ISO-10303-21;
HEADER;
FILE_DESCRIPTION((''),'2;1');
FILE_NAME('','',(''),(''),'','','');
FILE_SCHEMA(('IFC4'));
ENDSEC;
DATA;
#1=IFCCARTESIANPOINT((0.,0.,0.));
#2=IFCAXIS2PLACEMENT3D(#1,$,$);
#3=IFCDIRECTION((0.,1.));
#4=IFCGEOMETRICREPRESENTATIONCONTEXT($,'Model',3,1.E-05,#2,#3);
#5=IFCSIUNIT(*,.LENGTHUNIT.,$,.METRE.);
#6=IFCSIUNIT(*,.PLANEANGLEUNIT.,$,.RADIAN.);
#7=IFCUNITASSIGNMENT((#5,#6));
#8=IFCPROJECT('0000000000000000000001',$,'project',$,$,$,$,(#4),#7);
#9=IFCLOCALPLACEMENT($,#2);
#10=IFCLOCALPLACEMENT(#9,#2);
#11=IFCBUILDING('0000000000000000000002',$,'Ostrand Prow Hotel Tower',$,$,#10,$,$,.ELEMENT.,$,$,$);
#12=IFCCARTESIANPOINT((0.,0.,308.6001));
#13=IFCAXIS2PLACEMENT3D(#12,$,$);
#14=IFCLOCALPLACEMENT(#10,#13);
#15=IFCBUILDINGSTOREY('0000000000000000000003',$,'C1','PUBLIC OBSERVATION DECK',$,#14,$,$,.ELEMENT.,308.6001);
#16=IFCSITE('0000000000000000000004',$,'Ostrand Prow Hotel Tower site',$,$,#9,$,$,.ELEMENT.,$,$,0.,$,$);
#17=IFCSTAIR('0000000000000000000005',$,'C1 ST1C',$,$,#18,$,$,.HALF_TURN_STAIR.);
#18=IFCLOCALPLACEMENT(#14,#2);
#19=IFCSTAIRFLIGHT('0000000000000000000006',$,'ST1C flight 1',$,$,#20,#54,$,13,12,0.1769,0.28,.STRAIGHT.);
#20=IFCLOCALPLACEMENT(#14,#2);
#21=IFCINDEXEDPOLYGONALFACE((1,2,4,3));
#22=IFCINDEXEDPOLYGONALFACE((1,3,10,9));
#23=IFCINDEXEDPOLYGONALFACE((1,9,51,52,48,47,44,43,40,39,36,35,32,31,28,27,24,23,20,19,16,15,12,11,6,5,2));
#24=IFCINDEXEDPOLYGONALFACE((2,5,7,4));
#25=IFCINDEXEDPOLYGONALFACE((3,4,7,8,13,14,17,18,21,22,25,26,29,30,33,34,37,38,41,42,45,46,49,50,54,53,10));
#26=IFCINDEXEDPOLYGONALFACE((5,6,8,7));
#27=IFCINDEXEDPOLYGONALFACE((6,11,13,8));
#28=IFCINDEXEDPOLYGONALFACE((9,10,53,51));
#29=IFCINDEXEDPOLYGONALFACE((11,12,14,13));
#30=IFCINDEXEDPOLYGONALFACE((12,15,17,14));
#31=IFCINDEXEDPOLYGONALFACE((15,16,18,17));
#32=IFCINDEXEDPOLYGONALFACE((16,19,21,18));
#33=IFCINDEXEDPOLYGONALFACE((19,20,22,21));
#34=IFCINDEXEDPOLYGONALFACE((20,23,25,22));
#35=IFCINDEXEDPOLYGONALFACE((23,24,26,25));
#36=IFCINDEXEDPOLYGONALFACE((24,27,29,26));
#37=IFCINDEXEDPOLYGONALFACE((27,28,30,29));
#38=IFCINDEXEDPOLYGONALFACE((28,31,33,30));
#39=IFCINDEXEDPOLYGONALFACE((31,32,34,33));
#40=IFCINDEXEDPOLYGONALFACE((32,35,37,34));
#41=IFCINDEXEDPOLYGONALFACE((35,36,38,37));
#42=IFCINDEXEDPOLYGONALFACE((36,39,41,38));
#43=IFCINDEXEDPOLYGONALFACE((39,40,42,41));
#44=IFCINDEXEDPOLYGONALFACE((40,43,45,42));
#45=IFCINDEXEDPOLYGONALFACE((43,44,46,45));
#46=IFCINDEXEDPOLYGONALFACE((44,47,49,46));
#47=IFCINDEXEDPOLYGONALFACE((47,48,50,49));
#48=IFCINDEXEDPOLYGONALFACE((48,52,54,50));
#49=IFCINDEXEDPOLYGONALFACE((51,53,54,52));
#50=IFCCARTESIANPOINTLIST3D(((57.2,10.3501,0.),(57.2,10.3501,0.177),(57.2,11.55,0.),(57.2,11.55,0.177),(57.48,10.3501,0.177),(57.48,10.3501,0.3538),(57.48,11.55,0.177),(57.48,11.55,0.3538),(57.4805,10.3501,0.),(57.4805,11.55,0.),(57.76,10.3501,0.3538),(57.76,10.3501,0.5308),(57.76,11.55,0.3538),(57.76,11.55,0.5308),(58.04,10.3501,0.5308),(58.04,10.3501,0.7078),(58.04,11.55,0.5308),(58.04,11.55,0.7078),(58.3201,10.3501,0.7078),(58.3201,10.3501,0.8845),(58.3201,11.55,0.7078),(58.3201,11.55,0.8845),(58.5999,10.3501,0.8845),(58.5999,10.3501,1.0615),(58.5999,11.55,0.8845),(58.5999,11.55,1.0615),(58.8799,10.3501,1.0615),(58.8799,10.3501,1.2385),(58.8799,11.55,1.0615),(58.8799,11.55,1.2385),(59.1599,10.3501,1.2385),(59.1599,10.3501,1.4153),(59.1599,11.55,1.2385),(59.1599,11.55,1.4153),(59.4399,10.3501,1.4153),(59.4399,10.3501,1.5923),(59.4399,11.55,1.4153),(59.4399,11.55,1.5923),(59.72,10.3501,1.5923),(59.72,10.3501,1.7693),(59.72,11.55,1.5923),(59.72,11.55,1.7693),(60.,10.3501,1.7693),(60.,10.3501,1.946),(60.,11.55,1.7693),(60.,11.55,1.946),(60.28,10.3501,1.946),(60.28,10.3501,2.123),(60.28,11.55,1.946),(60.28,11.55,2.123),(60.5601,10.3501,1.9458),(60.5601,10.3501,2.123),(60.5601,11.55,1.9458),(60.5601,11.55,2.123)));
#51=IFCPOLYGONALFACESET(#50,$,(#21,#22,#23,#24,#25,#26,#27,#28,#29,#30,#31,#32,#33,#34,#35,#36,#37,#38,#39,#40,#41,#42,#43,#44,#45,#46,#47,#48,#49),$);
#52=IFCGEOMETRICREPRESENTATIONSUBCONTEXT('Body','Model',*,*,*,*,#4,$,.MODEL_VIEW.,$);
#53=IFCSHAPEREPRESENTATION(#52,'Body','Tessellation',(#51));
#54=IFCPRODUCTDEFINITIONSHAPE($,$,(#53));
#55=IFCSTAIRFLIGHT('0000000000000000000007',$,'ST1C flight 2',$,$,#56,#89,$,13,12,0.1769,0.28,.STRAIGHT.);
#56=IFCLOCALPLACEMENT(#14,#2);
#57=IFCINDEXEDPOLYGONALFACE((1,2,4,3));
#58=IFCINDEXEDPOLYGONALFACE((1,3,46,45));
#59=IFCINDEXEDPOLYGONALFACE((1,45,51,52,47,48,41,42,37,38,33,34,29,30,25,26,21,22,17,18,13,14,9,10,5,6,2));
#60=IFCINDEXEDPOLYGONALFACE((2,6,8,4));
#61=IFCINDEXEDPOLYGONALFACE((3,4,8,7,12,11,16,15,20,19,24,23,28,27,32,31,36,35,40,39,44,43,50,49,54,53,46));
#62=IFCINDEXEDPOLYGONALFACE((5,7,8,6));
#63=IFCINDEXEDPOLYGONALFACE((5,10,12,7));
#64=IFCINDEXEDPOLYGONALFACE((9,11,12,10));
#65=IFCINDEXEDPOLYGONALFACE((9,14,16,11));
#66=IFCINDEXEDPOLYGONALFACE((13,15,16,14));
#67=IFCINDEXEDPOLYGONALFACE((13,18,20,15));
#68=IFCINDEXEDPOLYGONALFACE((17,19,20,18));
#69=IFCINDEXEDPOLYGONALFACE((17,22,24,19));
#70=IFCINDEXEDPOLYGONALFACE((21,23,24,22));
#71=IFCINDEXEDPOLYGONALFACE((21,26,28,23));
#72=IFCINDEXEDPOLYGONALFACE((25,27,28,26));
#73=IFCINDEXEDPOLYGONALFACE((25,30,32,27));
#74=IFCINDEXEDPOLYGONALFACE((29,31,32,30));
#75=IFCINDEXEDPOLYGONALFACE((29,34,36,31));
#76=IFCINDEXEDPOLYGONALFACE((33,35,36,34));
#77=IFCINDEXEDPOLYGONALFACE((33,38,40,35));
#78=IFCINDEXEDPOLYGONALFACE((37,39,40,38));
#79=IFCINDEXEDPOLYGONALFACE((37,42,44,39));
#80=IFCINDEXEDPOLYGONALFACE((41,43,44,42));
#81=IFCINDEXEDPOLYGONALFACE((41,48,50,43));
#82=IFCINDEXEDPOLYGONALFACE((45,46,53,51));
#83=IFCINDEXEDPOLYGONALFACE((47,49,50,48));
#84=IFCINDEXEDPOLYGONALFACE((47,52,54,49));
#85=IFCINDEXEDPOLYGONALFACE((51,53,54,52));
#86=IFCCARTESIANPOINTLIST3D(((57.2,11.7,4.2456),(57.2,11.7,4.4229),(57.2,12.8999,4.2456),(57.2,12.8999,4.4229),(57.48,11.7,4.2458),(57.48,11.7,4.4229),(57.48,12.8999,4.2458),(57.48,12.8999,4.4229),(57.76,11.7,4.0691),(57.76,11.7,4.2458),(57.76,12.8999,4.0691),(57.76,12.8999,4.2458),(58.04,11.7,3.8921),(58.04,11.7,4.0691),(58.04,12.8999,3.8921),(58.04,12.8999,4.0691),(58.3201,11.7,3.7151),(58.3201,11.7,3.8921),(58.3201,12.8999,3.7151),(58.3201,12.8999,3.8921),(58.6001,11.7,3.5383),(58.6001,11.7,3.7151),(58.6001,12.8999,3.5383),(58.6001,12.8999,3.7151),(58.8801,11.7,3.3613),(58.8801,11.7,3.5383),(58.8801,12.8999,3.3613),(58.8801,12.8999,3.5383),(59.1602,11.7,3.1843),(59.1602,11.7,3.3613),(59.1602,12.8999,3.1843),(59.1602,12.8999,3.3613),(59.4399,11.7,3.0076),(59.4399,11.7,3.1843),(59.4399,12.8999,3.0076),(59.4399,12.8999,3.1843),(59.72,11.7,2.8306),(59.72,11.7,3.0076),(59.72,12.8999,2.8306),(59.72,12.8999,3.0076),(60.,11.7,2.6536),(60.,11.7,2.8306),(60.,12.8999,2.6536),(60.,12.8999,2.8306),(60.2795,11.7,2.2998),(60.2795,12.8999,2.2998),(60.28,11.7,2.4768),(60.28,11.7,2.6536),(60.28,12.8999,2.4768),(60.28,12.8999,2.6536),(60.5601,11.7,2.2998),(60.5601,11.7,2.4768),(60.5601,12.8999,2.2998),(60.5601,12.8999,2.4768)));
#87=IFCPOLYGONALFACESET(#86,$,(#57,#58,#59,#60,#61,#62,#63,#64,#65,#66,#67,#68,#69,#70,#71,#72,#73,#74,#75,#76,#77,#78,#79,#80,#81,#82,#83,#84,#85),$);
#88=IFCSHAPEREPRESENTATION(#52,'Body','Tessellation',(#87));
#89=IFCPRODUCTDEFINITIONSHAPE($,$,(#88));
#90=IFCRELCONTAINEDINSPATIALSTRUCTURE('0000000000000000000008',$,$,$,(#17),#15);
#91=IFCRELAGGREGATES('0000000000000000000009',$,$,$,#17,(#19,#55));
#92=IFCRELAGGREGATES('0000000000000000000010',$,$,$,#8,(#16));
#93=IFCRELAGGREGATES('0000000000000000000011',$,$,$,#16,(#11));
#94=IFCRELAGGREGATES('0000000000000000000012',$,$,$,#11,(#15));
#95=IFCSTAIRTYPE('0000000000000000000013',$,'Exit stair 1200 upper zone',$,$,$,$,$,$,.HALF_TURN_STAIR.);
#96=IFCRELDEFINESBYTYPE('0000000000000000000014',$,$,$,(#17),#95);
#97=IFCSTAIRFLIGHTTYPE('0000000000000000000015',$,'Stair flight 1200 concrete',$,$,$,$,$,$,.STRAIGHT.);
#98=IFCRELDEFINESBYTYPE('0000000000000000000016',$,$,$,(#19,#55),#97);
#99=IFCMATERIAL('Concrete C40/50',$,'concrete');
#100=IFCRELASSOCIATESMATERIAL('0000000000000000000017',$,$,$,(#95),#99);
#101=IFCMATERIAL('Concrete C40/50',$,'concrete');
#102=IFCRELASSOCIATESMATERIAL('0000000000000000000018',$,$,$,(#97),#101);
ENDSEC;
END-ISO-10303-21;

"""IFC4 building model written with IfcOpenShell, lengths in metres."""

from ifc_helpers import new_model, si_unit, direction, frame, origin, place, context, subcontext, project, spatial, polyline, outline, extrude, material, type_object, element, aggregate, save


model = new_model("IFC4")

# Units and contexts
model_context = context("Model", 3, precision=1e-05, world=origin(), true_north=direction((0.0, 1.0)))
body_context = subcontext(model_context, "Body", "Model", "MODEL_VIEW")
ifc_project = project(units=[si_unit("LENGTHUNIT", "METRE"), si_unit("PLANEANGLEUNIT", "RADIAN")], contexts=[model_context])

# Site, building, storey
site_placement = place(None, origin())
site = spatial("IfcSite", under=ifc_project, at=site_placement, Name="Ostrand Prow Hotel Tower site", CompositionType="ELEMENT", RefElevation=0.0)
building_placement = place(site_placement, origin())
building = spatial("IfcBuilding", under=site, at=building_placement, Name="Ostrand Prow Hotel Tower", CompositionType="ELEMENT")
storey_placement = place(building_placement, frame((0.0, 0.0, 308.6001)))
storey = spatial("IfcBuildingStorey", under=building, at=storey_placement, Name="C1", Description="PUBLIC OBSERVATION DECK", CompositionType="ELEMENT", Elevation=308.6001)

# Stair, stair flights
ifc_material_1 = material(Name="Concrete C40/50", Category="concrete")
stair_type = type_object("IfcStairType", Name="Exit stair 1200 upper zone", PredefinedType="HALF_TURN_STAIR", material=ifc_material_1)
stair_placement = place(storey_placement, origin())
stair = element("IfcStair", 1, at=stair_placement, inside=storey, type_object=stair_type, Name="C1 ST1C", PredefinedType="HALF_TURN_STAIR")
ifc_material_2 = material(Name="Concrete C40/50", Category="concrete")
stair_flight_type = type_object("IfcStairFlightType", Name="Stair flight 1200 concrete", PredefinedType="STRAIGHT", material=ifc_material_2)
stair_flight_1_placement = place(storey_placement, frame((57.2, 10.95, 0.0), z_axis=(0.0, 0.0, 1.0), x_axis=(1.0, 0.0, 0.0)))
stair_flight_1 = element("IfcStairFlight", 2, at=stair_flight_1_placement, type_object=stair_flight_type, Name="ST1C flight 1", NumberOfRisers=13, NumberOfTreads=12, PredefinedType="STRAIGHT", RiserHeight=0.1769, TreadLength=0.28, context=body_context, shape_type="SweptSolid", body=[
    extrude(outline(polyline([(0.0, 0.0), (0.0, 0.177), (0.28, 0.177), (0.28, 0.3538), (0.5601, 0.3538), (0.5601, 0.5308), (0.8401, 0.5308), (0.8401, 0.7078), (1.1201, 0.7078), (1.1201, 0.8845), (1.3999, 0.8845), (1.3999, 1.0615), (1.6799, 1.0615), (1.6799, 1.2385), (1.96, 1.2385), (1.96, 1.4153), (2.24, 1.4153), (2.24, 1.5923), (2.52, 1.5923), (2.52, 1.7693), (2.8, 1.7693), (2.8, 1.946), (3.0801, 1.946), (3.0801, 2.123), (3.3601, 2.123), (3.3601, 2.3), (3.3601, 1.9458), (0.2805, 0.0), (0.0, 0.0)])), frame((0.0, 0.6001, 0.0), z_axis=(0.0, -1.0, 0.0), x_axis=(1.0, 0.0, 0.0)), (0.0, 0.0, 1.0), 1.2),
])
stair_flight_2_placement = place(storey_placement, frame((60.5601, 12.3, 2.2998), z_axis=(0.0, 0.0, 1.0), x_axis=(-1.0, 0.0, 0.0)))
stair_flight_2 = element("IfcStairFlight", 3, at=stair_flight_2_placement, type_object=stair_flight_type, Name="ST1C flight 2", NumberOfRisers=13, NumberOfTreads=12, PredefinedType="STRAIGHT", RiserHeight=0.1769, TreadLength=0.28, context=body_context, shape_type="SweptSolid", body=[
    extrude(outline(polyline([(0.0, 0.0), (0.0, 0.177), (0.28, 0.177), (0.28, 0.3538), (0.5601, 0.3538), (0.5601, 0.5308), (0.8401, 0.5308), (0.8401, 0.7078), (1.1201, 0.7078), (1.1201, 0.8845), (1.3999, 0.8845), (1.3999, 1.0615), (1.6799, 1.0615), (1.6799, 1.2385), (1.96, 1.2385), (1.96, 1.4153), (2.24, 1.4153), (2.24, 1.5923), (2.52, 1.5923), (2.52, 1.7693), (2.8, 1.7693), (2.8, 1.946), (3.0801, 1.946), (3.0801, 2.123), (3.3601, 2.123), (3.3601, 2.3), (3.3601, 1.9458), (0.2805, 0.0), (0.0, 0.0)])), frame((0.0, 0.6001, 0.0), z_axis=(0.0, -1.0, 0.0), x_axis=(1.0, 0.0, 0.0)), (0.0, 0.0, 1.0), 1.2),
])
aggregate(stair, [stair_flight_1, stair_flight_2])

save(model, "model.ifc")
